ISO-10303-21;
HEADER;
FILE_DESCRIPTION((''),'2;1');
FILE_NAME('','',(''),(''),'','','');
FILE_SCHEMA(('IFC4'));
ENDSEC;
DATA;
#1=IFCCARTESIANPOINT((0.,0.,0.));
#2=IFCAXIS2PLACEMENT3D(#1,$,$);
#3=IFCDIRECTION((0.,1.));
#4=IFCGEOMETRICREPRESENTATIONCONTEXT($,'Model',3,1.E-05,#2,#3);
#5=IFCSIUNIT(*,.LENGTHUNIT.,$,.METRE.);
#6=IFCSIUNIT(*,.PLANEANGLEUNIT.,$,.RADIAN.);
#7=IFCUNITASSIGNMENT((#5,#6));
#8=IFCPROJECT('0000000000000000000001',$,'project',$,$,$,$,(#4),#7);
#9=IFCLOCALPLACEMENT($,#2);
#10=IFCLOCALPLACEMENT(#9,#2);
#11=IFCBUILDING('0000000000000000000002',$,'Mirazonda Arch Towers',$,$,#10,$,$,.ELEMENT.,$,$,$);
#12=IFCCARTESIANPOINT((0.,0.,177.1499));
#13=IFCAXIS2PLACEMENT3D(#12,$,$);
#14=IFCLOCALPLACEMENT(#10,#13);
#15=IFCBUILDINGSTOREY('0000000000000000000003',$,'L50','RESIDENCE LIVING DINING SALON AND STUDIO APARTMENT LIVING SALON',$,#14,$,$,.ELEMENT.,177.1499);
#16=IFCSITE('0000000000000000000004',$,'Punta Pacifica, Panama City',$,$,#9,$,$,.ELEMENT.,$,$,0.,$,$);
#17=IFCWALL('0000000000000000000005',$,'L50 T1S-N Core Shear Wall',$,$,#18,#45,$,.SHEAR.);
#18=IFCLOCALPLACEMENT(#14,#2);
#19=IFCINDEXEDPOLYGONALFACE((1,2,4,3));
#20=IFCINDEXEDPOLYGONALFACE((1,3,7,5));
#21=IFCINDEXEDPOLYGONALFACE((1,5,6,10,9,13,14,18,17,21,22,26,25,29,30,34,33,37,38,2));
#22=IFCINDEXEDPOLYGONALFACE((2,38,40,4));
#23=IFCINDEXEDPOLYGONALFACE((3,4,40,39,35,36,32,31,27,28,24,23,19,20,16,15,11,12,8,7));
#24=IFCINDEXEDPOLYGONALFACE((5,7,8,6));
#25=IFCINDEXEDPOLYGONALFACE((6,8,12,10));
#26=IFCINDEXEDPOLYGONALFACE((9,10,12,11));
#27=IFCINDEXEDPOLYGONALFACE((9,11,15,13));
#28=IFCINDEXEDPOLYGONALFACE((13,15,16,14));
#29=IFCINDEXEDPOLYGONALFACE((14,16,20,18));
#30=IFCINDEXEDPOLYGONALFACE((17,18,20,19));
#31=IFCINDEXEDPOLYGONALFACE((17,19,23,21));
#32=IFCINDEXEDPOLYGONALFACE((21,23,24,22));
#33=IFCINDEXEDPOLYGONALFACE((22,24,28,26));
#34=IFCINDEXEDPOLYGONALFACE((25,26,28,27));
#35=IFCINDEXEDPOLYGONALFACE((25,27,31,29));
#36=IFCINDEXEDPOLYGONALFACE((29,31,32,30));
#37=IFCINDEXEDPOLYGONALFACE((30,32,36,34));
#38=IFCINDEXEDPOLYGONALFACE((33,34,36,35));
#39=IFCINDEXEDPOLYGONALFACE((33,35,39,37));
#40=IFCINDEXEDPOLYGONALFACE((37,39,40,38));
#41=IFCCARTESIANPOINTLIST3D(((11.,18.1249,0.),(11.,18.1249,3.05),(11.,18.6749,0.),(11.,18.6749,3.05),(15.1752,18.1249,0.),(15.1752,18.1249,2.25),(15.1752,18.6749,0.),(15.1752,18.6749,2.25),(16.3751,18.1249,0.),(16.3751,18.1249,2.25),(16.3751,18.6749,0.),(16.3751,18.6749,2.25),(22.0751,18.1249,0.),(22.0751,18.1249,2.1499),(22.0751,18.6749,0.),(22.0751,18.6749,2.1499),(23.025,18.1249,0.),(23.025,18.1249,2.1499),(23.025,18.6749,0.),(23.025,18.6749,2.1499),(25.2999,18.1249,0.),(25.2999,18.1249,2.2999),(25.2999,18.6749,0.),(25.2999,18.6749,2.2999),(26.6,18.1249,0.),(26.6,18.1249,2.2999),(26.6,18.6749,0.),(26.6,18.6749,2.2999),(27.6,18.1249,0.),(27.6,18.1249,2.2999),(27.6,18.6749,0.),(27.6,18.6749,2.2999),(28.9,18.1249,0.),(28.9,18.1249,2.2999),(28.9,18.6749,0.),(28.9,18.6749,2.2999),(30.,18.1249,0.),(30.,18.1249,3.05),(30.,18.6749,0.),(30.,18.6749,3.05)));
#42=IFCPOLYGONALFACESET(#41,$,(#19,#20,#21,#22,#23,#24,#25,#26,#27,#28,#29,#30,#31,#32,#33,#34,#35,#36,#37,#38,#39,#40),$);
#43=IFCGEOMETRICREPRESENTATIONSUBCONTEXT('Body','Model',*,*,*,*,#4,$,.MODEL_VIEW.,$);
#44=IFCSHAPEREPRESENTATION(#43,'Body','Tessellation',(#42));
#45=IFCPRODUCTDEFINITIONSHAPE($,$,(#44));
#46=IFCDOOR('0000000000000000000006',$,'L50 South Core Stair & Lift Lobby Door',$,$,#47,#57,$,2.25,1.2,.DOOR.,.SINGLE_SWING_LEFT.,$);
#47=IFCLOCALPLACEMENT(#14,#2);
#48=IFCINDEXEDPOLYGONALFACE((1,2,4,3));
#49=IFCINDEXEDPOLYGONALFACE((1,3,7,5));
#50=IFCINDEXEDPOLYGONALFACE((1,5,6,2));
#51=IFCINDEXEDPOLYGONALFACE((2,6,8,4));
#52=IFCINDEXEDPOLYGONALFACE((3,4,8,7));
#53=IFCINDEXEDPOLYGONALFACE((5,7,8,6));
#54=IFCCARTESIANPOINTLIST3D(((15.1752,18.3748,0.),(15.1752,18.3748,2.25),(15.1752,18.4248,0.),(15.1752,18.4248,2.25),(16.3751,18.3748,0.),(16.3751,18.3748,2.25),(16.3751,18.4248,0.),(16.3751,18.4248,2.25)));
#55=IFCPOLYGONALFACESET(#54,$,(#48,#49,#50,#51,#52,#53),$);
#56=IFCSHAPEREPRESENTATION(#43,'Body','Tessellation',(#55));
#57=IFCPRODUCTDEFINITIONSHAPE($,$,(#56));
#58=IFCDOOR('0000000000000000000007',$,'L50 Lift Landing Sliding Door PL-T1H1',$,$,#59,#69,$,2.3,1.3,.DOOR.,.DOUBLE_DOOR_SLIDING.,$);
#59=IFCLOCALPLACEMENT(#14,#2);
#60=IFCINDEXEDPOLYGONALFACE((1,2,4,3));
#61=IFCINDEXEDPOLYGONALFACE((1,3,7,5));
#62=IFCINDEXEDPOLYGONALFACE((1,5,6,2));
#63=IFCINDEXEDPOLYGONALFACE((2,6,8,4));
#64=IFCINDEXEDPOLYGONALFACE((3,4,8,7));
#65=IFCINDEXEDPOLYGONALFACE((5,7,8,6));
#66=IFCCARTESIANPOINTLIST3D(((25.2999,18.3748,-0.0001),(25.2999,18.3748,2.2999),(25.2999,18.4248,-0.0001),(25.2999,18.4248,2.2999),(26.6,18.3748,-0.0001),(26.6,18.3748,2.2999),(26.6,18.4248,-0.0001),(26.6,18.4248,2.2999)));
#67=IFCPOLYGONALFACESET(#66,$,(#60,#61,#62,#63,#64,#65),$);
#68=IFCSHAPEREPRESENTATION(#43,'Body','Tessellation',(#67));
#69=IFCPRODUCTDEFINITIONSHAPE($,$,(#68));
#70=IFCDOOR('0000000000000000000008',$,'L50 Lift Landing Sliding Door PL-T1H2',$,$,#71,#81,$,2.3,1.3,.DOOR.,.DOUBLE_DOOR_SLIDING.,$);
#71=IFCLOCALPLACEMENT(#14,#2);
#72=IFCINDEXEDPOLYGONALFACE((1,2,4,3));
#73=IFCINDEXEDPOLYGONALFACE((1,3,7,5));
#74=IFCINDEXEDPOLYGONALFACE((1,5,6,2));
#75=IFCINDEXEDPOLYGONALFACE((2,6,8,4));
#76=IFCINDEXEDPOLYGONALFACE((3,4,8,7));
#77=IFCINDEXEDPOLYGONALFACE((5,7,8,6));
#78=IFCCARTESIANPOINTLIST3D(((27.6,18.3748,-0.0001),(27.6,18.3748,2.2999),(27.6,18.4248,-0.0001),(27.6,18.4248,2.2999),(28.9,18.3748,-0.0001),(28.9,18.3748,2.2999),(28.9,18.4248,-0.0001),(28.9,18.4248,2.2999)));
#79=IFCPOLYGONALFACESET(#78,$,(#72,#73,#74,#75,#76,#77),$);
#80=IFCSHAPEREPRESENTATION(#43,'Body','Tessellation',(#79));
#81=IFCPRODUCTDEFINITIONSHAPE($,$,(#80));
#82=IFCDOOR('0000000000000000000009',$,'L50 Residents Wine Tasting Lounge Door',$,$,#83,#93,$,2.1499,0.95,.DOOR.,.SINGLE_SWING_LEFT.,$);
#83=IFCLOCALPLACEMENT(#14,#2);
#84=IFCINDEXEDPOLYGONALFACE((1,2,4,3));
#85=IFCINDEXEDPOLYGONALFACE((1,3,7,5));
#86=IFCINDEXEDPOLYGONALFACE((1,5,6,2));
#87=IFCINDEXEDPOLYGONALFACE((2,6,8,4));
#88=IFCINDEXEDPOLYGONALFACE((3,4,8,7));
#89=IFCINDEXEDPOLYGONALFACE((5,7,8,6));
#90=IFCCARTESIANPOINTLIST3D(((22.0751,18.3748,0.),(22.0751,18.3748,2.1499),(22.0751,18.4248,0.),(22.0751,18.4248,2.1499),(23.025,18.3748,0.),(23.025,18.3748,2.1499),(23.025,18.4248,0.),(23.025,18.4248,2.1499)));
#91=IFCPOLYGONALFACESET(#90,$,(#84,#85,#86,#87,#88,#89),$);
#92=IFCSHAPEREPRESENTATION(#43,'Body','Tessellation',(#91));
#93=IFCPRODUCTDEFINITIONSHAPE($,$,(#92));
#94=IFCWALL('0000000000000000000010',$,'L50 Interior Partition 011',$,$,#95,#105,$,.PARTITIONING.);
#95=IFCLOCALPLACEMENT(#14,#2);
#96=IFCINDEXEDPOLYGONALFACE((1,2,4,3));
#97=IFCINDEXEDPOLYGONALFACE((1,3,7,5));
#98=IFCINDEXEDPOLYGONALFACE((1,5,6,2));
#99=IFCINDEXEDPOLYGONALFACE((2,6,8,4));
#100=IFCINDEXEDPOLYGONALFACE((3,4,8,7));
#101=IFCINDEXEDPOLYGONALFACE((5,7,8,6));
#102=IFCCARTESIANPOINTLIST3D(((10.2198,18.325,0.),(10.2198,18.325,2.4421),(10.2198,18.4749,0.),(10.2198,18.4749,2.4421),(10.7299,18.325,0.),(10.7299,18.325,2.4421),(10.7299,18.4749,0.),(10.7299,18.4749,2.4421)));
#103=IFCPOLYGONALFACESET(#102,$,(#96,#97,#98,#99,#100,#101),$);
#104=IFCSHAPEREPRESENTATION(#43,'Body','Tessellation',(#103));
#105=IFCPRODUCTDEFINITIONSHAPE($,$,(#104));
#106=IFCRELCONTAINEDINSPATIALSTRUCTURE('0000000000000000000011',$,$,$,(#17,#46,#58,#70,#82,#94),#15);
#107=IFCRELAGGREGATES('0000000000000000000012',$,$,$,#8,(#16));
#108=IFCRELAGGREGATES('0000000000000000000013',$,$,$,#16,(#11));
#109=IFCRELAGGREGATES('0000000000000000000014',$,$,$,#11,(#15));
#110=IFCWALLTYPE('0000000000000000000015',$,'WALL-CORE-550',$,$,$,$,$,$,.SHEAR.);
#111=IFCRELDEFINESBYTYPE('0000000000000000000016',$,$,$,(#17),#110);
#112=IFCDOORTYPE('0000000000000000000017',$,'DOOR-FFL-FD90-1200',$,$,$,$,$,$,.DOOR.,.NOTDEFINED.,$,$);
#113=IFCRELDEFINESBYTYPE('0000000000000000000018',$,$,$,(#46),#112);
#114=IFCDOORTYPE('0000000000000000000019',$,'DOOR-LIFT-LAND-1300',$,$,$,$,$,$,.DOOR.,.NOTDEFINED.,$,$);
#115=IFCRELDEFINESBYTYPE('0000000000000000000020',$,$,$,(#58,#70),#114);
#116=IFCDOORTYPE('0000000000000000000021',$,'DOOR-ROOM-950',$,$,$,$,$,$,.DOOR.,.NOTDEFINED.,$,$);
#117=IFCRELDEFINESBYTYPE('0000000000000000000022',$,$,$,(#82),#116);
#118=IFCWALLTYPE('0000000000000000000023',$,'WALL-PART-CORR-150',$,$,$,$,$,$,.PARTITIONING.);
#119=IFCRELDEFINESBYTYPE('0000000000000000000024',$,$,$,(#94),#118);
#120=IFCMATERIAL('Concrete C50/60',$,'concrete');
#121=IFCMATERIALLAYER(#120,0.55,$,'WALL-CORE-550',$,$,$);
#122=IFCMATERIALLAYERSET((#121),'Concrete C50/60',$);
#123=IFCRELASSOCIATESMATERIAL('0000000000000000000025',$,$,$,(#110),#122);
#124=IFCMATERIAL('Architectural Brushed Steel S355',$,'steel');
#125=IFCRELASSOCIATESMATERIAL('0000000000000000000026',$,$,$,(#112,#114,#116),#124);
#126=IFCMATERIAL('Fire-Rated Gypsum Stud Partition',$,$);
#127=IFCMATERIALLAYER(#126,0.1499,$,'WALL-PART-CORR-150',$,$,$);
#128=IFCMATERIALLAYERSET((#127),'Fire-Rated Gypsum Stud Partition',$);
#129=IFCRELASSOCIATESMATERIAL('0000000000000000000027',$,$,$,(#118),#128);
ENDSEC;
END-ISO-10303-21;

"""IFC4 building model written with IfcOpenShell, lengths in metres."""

from ifc_helpers import new_model, si_unit, direction, frame, frame_2d, origin, place, context, subcontext, project, spatial, rectangle, extrude, material, layer, layer_set, type_object, element, fill, save


model = new_model("IFC4")

# Units and contexts
model_context = context("Model", 3, precision=1e-05, world=origin(), true_north=direction((0.0, 1.0)))
body_context = subcontext(model_context, "Body", "Model", "MODEL_VIEW")
ifc_project = project(units=[si_unit("LENGTHUNIT", "METRE"), si_unit("PLANEANGLEUNIT", "RADIAN")], contexts=[model_context])

# Site, building, storey
site_placement = place(None, origin())
site = spatial("IfcSite", under=ifc_project, at=site_placement, Name="Punta Pacifica, Panama City", CompositionType="ELEMENT", RefElevation=0.0)
building_placement = place(site_placement, origin())
building = spatial("IfcBuilding", under=site, at=building_placement, Name="Mirazonda Arch Towers", CompositionType="ELEMENT")
storey_placement = place(building_placement, frame((0.0, 0.0, 177.1499)))
storey = spatial("IfcBuildingStorey", under=building, at=storey_placement, Name="L50", Description="RESIDENCE LIVING DINING SALON AND STUDIO APARTMENT LIVING SALON", CompositionType="ELEMENT", Elevation=177.1499)

# Shared definitions
ifc_material_1 = material(Name="Concrete C50/60", Category="concrete")

# Shared definitions
ifc_material_2 = material(Name="Architectural Brushed Steel S355", Category="steel")

# Wall, openings, doors
ifc_layer_1 = layer(ifc_material_1, 0.55, Name="WALL-CORE-550")
ifc_layer_set_1 = layer_set([ifc_layer_1], Name="Concrete C50/60")
wall_type_1 = type_object("IfcWallType", Name="WALL-CORE-550", PredefinedType="SHEAR", material=ifc_layer_set_1)
wall_1_placement = place(storey_placement, frame((11.0, 18.3999, 0.0), z_axis=(0.0, 0.0, 1.0), x_axis=(1.0, 0.0, 0.0)))
wall_1 = element("IfcWall", 1, at=wall_1_placement, inside=storey, type_object=wall_type_1, Name="L50 T1S-N Core Shear Wall", PredefinedType="SHEAR", context=body_context, shape_type="SweptSolid", body=[
    extrude(rectangle(XDim=19.0, YDim=0.55, at=frame_2d((9.5, 0.0))), origin(), (0.0, 0.0, 1.0), 3.05),
])
opening_1_placement = place(wall_1_placement, frame((4.175, 0.0, 0.0)))
opening_1 = element("IfcOpeningElement", 2, at=opening_1_placement, cuts=wall_1, PredefinedType="OPENING", context=body_context, shape_type="SweptSolid", body=[
    extrude(rectangle(XDim=1.2, YDim=2.25, at=frame_2d((0.6001, 1.125))), frame((0.0, 0.2849, 0.0), z_axis=(0.0, -1.0, 0.0), x_axis=(1.0, 0.0, 0.0)), (0.0, 0.0, 1.0), 0.5701),
])
opening_2_placement = place(wall_1_placement, frame((11.075, 0.0, 0.0)))
opening_2 = element("IfcOpeningElement", 3, at=opening_2_placement, cuts=wall_1, PredefinedType="OPENING", context=body_context, shape_type="SweptSolid", body=[
    extrude(rectangle(XDim=0.95, YDim=2.1499, at=frame_2d((0.4751, 1.075))), frame((0.0, 0.2849, 0.0), z_axis=(0.0, -1.0, 0.0), x_axis=(1.0, 0.0, 0.0)), (0.0, 0.0, 1.0), 0.5701),
])
opening_3_placement = place(wall_1_placement, frame((14.3, 0.0, 0.0)))
opening_3 = element("IfcOpeningElement", 4, at=opening_3_placement, cuts=wall_1, PredefinedType="OPENING", context=body_context, shape_type="SweptSolid", body=[
    extrude(rectangle(XDim=1.3, YDim=2.3, at=frame_2d((0.6499, 1.1499))), frame((0.0, 0.2849, 0.0), z_axis=(0.0, -1.0, 0.0), x_axis=(1.0, 0.0, 0.0)), (0.0, 0.0, 1.0), 0.5701),
])
opening_4_placement = place(wall_1_placement, frame((16.6001, 0.0, 0.0)))
opening_4 = element("IfcOpeningElement", 5, at=opening_4_placement, cuts=wall_1, PredefinedType="OPENING", context=body_context, shape_type="SweptSolid", body=[
    extrude(rectangle(XDim=1.3, YDim=2.3, at=frame_2d((0.6499, 1.1499))), frame((0.0, 0.2849, 0.0), z_axis=(0.0, -1.0, 0.0), x_axis=(1.0, 0.0, 0.0)), (0.0, 0.0, 1.0), 0.5701),
])
door_type_1 = type_object("IfcDoorType", Name="DOOR-FFL-FD90-1200", OperationType="NOTDEFINED", PredefinedType="DOOR", material=ifc_material_2)
door_1_placement = place(opening_1_placement, origin())
door_1 = element("IfcDoor", 6, at=door_1_placement, inside=storey, type_object=door_type_1, Name="L50 South Core Stair & Lift Lobby Door", OperationType="SINGLE_SWING_LEFT", OverallHeight=2.25, OverallWidth=1.2, PredefinedType="DOOR", context=body_context, shape_type="SweptSolid", body=[
    extrude(rectangle(XDim=1.2, YDim=2.25, at=frame_2d((0.6001, 1.125))), frame((0.0, 0.0249, 0.0), z_axis=(0.0, -1.0, 0.0), x_axis=(1.0, 0.0, 0.0)), (0.0, 0.0, 1.0), 0.05),
])
fill(opening_1, door_1)
door_type_2 = type_object("IfcDoorType", Name="DOOR-LIFT-LAND-1300", OperationType="NOTDEFINED", PredefinedType="DOOR", material=ifc_material_2)
door_2_placement = place(opening_3_placement, origin())
door_2 = element("IfcDoor", 7, at=door_2_placement, inside=storey, type_object=door_type_2, Name="L50 Lift Landing Sliding Door PL-T1H1", OperationType="DOUBLE_DOOR_SLIDING", OverallHeight=2.3, OverallWidth=1.3, PredefinedType="DOOR", context=body_context, shape_type="SweptSolid", body=[
    extrude(rectangle(XDim=1.3, YDim=2.3, at=frame_2d((0.6499, 1.1499))), frame((0.0, 0.0249, 0.0), z_axis=(0.0, -1.0, 0.0), x_axis=(1.0, 0.0, 0.0)), (0.0, 0.0, 1.0), 0.05),
])
fill(opening_3, door_2)
door_3_placement = place(opening_4_placement, origin())
door_3 = element("IfcDoor", 8, at=door_3_placement, inside=storey, type_object=door_type_2, Name="L50 Lift Landing Sliding Door PL-T1H2", OperationType="DOUBLE_DOOR_SLIDING", OverallHeight=2.3, OverallWidth=1.3, PredefinedType="DOOR", context=body_context, shape_type="SweptSolid", body=[
    extrude(rectangle(XDim=1.3, YDim=2.3, at=frame_2d((0.6499, 1.1499))), frame((0.0, 0.0249, 0.0), z_axis=(0.0, -1.0, 0.0), x_axis=(1.0, 0.0, 0.0)), (0.0, 0.0, 1.0), 0.05),
])
fill(opening_4, door_3)
door_type_3 = type_object("IfcDoorType", Name="DOOR-ROOM-950", OperationType="NOTDEFINED", PredefinedType="DOOR", material=ifc_material_2)
door_4_placement = place(opening_2_placement, origin())
door_4 = element("IfcDoor", 9, at=door_4_placement, inside=storey, type_object=door_type_3, Name="L50 Residents Wine Tasting Lounge Door", OperationType="SINGLE_SWING_LEFT", OverallHeight=2.1499, OverallWidth=0.95, PredefinedType="DOOR", context=body_context, shape_type="SweptSolid", body=[
    extrude(rectangle(XDim=0.95, YDim=2.1499, at=frame_2d((0.4751, 1.075))), frame((0.0, 0.0249, 0.0), z_axis=(0.0, -1.0, 0.0), x_axis=(1.0, 0.0, 0.0)), (0.0, 0.0, 1.0), 0.05),
])
fill(opening_2, door_4)

# Wall
ifc_material_3 = material(Name="Fire-Rated Gypsum Stud Partition")
ifc_layer_2 = layer(ifc_material_3, 0.1499, Name="WALL-PART-CORR-150")
ifc_layer_set_2 = layer_set([ifc_layer_2], Name="Fire-Rated Gypsum Stud Partition")
wall_type_2 = type_object("IfcWallType", Name="WALL-PART-CORR-150", PredefinedType="PARTITIONING", material=ifc_layer_set_2)
wall_2_placement = place(storey_placement, frame((10.22, 18.3999, 0.0), z_axis=(0.0, 0.0, 1.0), x_axis=(1.0, 0.0, 0.0)))
element("IfcWall", 10, at=wall_2_placement, inside=storey, type_object=wall_type_2, Name="L50 Interior Partition 011", PredefinedType="PARTITIONING", context=body_context, shape_type="SweptSolid", body=[
    extrude(rectangle(XDim=0.51, YDim=0.1499, at=frame_2d((0.2549, 0.0))), origin(), (0.0, 0.0, 1.0), 2.4421),
])

save(model, "model.ifc")
